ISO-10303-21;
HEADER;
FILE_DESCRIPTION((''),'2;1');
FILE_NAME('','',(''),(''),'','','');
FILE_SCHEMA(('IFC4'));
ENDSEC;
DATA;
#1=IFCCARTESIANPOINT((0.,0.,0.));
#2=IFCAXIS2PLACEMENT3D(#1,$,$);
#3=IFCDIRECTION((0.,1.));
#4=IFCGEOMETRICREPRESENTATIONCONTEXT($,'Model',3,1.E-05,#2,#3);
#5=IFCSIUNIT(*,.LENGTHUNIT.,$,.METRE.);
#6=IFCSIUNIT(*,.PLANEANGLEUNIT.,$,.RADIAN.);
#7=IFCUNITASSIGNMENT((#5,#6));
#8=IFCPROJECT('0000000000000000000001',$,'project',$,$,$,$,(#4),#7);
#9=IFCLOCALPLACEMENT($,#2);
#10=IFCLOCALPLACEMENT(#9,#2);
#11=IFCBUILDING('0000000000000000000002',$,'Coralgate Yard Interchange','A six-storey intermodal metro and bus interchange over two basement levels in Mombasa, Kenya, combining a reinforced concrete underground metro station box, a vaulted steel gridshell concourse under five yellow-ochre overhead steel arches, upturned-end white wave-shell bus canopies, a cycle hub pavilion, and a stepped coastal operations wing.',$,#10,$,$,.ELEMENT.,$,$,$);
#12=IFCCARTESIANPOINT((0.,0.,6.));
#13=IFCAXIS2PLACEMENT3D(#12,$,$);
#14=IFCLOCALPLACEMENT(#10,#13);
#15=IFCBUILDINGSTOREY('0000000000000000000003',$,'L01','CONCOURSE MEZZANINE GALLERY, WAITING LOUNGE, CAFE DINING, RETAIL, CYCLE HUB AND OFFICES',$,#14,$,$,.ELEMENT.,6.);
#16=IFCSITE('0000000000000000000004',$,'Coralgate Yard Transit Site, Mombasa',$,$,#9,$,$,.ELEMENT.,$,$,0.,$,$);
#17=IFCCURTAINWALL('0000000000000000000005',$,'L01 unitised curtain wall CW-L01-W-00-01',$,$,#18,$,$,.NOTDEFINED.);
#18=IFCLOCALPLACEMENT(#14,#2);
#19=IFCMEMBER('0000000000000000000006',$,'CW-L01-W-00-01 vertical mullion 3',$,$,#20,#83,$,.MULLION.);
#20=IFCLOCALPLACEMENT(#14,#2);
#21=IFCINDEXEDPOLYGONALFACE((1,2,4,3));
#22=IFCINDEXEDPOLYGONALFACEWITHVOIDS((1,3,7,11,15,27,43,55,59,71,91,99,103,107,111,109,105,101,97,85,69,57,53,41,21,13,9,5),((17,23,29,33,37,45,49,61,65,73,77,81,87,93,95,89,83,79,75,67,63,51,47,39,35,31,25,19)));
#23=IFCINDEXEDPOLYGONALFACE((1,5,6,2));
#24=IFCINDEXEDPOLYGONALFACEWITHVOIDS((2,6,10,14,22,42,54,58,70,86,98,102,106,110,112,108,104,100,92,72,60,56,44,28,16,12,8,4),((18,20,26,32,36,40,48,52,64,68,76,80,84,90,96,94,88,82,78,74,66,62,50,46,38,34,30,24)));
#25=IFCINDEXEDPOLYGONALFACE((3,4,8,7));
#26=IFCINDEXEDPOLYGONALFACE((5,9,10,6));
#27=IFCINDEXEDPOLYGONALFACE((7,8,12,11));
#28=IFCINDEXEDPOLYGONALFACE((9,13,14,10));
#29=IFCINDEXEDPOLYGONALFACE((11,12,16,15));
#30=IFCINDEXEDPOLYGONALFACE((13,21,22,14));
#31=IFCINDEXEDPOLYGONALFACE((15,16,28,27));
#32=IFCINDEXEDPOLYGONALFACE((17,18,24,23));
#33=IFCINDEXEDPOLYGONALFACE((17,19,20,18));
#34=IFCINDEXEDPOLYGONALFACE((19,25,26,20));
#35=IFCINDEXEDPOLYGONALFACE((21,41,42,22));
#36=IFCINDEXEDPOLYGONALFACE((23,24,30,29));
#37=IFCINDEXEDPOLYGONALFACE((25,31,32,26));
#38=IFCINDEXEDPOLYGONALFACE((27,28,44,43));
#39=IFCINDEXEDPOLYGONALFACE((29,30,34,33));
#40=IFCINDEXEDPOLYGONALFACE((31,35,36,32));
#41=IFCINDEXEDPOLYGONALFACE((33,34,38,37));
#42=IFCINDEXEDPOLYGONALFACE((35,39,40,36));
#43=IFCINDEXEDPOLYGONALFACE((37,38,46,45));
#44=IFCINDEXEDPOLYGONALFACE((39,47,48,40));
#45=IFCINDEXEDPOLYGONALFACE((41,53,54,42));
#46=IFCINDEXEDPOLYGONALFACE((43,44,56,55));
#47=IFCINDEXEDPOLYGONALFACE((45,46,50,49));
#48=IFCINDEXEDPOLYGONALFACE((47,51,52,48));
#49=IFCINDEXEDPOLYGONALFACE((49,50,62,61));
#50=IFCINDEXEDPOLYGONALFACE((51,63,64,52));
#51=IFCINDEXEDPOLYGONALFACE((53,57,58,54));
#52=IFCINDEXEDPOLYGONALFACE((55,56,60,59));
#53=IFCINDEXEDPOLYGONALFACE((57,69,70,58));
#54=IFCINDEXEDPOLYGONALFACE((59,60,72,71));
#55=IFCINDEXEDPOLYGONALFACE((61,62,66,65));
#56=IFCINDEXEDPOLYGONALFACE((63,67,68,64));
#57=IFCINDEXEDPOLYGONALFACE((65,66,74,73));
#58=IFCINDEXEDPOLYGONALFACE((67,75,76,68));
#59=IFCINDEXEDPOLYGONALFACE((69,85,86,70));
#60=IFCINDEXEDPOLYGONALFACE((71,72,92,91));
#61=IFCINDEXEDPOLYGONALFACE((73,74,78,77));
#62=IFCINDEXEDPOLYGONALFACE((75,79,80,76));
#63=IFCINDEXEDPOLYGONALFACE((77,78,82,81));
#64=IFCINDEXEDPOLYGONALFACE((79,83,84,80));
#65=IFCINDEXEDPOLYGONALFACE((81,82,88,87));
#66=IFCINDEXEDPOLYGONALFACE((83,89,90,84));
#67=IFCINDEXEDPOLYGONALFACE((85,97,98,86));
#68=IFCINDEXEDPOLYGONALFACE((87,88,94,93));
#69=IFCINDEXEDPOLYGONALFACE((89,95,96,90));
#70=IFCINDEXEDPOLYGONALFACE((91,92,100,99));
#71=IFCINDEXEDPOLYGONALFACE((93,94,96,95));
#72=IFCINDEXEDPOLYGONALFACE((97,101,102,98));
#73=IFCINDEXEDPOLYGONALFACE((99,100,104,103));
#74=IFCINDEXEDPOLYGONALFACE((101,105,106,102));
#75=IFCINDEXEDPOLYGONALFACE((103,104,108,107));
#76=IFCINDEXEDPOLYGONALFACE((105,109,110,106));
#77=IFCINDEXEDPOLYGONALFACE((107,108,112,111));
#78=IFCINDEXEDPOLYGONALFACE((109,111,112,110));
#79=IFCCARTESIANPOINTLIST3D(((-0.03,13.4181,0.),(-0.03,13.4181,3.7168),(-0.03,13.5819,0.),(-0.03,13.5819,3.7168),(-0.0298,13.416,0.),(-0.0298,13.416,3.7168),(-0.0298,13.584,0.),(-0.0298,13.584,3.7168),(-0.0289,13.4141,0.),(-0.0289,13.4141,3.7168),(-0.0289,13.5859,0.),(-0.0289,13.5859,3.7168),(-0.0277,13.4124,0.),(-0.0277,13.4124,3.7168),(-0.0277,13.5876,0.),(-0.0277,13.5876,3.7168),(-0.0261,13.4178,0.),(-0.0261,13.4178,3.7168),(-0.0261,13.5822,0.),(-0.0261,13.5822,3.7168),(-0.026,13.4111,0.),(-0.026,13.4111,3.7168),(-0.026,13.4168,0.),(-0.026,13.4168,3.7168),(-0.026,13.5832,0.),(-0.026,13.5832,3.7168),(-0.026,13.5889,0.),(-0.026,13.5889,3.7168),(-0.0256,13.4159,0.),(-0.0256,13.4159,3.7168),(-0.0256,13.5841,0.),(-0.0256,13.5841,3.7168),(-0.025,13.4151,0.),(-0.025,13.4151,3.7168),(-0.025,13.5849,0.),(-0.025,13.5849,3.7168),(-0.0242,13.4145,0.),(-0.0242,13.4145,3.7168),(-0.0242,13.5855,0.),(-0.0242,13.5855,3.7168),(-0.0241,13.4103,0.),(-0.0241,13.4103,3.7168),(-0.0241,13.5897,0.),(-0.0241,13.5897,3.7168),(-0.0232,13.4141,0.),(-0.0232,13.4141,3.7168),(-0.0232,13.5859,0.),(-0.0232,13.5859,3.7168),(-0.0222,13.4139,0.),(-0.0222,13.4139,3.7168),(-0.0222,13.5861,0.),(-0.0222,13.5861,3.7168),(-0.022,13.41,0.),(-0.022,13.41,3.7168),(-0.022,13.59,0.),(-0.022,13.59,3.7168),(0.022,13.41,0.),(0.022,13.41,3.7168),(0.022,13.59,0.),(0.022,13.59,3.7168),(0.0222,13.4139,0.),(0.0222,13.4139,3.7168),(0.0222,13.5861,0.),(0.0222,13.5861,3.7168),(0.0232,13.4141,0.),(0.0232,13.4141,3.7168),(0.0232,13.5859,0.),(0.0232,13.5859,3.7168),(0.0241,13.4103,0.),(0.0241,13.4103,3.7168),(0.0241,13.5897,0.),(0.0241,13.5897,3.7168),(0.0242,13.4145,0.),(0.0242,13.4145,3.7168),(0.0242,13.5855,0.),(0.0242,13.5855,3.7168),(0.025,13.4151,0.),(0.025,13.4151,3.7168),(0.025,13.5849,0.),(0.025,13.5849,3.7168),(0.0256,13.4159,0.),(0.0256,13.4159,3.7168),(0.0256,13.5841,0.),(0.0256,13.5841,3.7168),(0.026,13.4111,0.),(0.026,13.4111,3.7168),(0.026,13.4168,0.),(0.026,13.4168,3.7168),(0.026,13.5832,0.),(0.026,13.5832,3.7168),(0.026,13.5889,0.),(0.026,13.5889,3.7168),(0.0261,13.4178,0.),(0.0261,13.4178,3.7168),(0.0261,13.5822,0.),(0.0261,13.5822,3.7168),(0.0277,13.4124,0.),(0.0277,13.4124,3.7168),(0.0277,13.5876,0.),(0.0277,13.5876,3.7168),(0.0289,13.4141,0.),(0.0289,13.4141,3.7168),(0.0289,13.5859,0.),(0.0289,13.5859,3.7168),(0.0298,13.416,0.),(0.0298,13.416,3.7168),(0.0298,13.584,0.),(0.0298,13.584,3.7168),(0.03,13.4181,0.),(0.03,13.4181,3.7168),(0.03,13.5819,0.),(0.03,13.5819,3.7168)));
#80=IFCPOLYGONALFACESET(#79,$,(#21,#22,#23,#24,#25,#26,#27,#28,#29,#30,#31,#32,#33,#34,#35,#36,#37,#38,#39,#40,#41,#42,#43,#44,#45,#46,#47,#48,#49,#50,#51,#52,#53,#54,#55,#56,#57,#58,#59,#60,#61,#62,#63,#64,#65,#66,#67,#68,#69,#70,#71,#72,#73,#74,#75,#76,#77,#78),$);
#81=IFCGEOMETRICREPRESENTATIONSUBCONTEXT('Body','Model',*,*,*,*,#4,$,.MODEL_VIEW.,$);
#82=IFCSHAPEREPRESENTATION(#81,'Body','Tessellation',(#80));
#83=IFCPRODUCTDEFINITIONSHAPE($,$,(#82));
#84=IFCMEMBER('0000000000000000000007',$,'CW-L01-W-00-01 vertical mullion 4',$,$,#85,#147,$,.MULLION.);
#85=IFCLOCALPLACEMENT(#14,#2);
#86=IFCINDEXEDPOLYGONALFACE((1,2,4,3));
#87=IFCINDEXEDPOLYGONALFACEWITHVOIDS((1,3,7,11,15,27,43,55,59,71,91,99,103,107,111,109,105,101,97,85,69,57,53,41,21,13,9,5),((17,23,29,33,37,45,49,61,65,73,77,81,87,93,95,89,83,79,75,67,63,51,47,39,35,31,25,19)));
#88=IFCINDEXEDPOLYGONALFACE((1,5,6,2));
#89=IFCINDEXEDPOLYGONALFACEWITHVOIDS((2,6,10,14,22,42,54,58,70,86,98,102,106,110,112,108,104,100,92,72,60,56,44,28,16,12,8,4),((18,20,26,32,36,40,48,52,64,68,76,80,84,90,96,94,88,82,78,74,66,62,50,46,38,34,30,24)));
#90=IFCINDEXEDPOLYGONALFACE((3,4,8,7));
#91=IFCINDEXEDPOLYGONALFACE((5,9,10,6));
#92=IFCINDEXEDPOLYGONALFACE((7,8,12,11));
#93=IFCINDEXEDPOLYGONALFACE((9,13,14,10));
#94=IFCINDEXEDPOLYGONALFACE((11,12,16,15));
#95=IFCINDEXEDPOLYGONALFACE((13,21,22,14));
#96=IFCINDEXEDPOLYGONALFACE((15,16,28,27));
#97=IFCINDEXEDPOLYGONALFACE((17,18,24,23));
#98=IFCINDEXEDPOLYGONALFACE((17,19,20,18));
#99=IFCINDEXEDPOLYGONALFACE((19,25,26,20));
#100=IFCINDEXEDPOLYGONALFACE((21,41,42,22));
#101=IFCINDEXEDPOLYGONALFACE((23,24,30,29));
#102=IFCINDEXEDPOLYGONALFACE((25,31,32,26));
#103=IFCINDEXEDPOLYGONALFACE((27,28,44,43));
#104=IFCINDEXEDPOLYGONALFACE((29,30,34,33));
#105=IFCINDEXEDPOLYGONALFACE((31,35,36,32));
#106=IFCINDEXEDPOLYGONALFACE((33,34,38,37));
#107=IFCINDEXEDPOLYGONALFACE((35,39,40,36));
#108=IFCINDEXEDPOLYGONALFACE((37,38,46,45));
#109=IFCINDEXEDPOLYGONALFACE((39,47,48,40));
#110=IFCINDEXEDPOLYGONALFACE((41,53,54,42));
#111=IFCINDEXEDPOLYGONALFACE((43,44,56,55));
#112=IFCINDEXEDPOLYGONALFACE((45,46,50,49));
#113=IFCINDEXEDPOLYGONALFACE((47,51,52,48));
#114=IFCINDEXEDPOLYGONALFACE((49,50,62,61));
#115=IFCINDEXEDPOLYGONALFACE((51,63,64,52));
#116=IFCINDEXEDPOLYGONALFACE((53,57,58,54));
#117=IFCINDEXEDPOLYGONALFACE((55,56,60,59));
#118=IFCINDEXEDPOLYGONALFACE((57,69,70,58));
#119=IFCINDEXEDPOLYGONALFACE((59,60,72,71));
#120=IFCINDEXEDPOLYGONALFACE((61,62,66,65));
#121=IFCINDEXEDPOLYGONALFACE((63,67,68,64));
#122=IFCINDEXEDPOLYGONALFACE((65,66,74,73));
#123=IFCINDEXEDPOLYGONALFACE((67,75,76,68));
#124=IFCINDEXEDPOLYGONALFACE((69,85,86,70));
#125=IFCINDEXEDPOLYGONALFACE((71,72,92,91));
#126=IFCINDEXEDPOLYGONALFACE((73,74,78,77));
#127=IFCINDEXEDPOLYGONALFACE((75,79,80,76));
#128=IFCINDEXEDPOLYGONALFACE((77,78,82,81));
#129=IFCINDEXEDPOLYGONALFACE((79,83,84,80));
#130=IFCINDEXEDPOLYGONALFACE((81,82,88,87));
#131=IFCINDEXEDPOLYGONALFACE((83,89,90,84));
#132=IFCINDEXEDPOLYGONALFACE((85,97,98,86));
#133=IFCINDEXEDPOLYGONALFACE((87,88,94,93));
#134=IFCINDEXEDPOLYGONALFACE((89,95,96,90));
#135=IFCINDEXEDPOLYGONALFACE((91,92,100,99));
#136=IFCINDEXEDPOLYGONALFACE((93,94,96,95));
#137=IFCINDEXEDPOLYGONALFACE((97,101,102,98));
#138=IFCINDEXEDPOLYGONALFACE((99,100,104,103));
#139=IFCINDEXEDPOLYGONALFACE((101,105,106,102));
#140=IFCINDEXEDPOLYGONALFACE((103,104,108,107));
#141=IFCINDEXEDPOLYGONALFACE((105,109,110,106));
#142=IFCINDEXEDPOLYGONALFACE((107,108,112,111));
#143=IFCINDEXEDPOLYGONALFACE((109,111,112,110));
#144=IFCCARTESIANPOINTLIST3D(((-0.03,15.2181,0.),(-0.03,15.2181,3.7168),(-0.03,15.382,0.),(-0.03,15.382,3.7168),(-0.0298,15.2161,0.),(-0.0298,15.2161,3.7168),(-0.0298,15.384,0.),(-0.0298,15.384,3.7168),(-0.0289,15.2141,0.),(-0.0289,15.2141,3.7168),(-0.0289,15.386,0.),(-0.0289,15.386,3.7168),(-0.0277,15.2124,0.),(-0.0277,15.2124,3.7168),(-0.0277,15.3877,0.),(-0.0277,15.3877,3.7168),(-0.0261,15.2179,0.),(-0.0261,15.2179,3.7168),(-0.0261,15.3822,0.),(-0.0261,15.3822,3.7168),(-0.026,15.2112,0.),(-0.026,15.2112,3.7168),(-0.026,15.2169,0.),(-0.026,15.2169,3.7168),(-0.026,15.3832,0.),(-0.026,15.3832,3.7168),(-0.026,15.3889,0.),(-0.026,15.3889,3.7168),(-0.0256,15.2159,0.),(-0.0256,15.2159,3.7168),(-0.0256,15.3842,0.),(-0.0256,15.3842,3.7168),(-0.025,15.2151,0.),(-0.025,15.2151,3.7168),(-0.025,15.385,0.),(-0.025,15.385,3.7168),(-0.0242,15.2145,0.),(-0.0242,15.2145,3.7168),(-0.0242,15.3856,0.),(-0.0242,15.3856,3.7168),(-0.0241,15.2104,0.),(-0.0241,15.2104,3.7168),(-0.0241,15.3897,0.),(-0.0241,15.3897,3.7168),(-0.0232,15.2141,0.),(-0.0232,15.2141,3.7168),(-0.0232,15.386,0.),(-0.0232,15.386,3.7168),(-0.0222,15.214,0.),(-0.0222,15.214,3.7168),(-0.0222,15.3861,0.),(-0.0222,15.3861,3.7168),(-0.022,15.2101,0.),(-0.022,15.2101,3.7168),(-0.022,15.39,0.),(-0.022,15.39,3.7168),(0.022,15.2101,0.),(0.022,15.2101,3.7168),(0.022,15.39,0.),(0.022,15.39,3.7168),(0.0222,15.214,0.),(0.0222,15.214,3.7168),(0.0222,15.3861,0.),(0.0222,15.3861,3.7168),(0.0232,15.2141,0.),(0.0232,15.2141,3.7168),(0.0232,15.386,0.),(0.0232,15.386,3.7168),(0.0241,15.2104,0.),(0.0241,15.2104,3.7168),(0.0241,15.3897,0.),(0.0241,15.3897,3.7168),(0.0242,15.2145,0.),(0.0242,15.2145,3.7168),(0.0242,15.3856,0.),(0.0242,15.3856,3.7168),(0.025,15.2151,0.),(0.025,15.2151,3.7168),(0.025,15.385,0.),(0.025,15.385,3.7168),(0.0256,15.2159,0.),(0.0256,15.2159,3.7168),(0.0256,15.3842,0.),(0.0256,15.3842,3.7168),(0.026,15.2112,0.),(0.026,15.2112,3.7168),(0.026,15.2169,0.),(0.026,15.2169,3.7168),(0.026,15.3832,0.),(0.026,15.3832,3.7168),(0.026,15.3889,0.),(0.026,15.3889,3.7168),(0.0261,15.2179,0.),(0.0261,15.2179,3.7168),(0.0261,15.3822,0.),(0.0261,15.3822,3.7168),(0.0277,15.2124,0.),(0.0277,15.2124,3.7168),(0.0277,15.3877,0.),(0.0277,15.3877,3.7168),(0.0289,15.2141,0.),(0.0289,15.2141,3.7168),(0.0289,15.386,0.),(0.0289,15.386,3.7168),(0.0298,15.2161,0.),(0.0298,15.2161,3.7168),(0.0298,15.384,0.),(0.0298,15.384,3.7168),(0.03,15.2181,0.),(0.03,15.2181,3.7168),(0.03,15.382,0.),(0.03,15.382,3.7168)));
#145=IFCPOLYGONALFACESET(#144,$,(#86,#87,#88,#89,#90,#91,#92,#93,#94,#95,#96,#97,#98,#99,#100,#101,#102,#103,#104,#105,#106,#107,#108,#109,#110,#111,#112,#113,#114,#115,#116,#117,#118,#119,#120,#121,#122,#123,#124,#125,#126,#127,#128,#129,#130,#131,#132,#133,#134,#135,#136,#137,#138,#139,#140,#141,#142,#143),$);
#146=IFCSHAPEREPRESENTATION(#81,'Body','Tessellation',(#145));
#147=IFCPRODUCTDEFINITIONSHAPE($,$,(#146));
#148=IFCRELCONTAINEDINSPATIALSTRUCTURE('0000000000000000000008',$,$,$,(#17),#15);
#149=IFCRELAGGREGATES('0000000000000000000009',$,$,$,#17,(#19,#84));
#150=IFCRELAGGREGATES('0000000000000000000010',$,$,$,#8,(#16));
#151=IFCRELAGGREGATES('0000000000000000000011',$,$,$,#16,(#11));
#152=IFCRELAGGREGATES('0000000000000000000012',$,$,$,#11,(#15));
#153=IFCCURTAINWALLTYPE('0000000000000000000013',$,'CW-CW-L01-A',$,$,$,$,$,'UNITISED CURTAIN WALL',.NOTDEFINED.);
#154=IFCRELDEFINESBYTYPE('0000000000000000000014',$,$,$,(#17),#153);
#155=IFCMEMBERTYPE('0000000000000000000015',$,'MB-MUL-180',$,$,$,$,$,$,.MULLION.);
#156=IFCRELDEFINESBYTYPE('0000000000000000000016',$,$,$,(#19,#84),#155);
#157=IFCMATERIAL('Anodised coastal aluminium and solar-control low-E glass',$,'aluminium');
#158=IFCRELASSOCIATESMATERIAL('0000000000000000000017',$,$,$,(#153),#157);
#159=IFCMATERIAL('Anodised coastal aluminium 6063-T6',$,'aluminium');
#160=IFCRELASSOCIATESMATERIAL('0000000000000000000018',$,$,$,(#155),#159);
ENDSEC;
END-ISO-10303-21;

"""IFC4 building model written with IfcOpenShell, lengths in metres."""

from ifc_helpers import new_model, si_unit, direction, frame, origin, origin_2d, place, context, subcontext, project, spatial, hollow_rectangle, extrude, material, material_profile, profile_set, type_object, element, aggregate, save


model = new_model("IFC4")

# Units and contexts
model_context = context("Model", 3, precision=1e-05, world=origin(), true_north=direction((0.0, 1.0)))
body_context = subcontext(model_context, "Body", "Model", "MODEL_VIEW")
ifc_project = project(units=[si_unit("LENGTHUNIT", "METRE"), si_unit("PLANEANGLEUNIT", "RADIAN")], contexts=[model_context])

# Site, building, storey
site_placement = place(None, origin())
site = spatial("IfcSite", under=ifc_project, at=site_placement, Name="Coralgate Yard Transit Site, Mombasa", CompositionType="ELEMENT", RefElevation=0.0)
building_placement = place(site_placement, origin())
building = spatial("IfcBuilding", under=site, at=building_placement, Name="Coralgate Yard Interchange", Description="A six-storey intermodal metro and bus interchange over two basement levels in Mombasa, Kenya, combining a reinforced concrete underground metro station box, a vaulted steel gridshell concourse under five yellow-ochre overhead steel arches, upturned-end white wave-shell bus canopies, a cycle hub pavilion, and a stepped coastal operations wing.", CompositionType="ELEMENT")
storey_placement = place(building_placement, frame((0.0, 0.0, 6.0)))
storey = spatial("IfcBuildingStorey", under=building, at=storey_placement, Name="L01", Description="CONCOURSE MEZZANINE GALLERY, WAITING LOUNGE, CAFE DINING, RETAIL, CYCLE HUB AND OFFICES", CompositionType="ELEMENT", Elevation=6.0)

# Curtain wall, members
ifc_material_1 = material(Name="Anodised coastal aluminium and solar-control low-E glass", Category="aluminium")
curtain_wall_type = type_object("IfcCurtainWallType", Name="CW-CW-L01-A", ElementType="UNITISED CURTAIN WALL", PredefinedType="NOTDEFINED", material=ifc_material_1)
curtain_wall_placement = place(storey_placement, origin())
curtain_wall = element("IfcCurtainWall", 1, at=curtain_wall_placement, inside=storey, type_object=curtain_wall_type, Name="L01 unitised curtain wall CW-L01-W-00-01", PredefinedType="NOTDEFINED")
ifc_material_2 = material(Name="Anodised coastal aluminium 6063-T6", Category="aluminium")
ifc_material_profile_1 = material_profile(ifc_material_2, hollow_rectangle(XDim=0.0601, YDim=0.1799, WallThickness=0.0039, InnerFilletRadius=0.0039, OuterFilletRadius=0.0081, at=origin_2d()), Name="ALU 60x180x4")
ifc_profile_set_1 = profile_set([ifc_material_profile_1], Name="Anodised coastal aluminium 6063-T6")
member_type_1 = type_object("IfcMemberType", Name="MB-MUL-180", PredefinedType="MULLION", material=ifc_profile_set_1)
member_1_placement = place(storey_placement, frame((0.0, 13.5, 0.0), z_axis=(0.0, 0.0, 1.0), x_axis=(1.0, 0.0, 0.0)))
member_1 = element("IfcMember", 2, at=member_1_placement, type_object=member_type_1, Name="CW-L01-W-00-01 vertical mullion 3", PredefinedType="MULLION", context=body_context, shape_type="SweptSolid", body=[
    extrude(hollow_rectangle(XDim=0.0601, YDim=0.1799, WallThickness=0.0039, InnerFilletRadius=0.0039, OuterFilletRadius=0.0081, at=origin_2d()), origin(), (0.0, 0.0, 1.0), 3.7168),
])
member_2_placement = place(storey_placement, frame((0.0, 15.3, 0.0), z_axis=(0.0, 0.0, 1.0), x_axis=(1.0, 0.0, 0.0)))
member_2 = element("IfcMember", 3, at=member_2_placement, type_object=member_type_1, Name="CW-L01-W-00-01 vertical mullion 4", PredefinedType="MULLION", context=body_context, shape_type="SweptSolid", body=[
    extrude(hollow_rectangle(XDim=0.0601, YDim=0.1799, WallThickness=0.0039, InnerFilletRadius=0.0039, OuterFilletRadius=0.0081, at=origin_2d()), origin(), (0.0, 0.0, 1.0), 3.7168),
])
aggregate(curtain_wall, [member_1, member_2])

save(model, "model.ifc")
